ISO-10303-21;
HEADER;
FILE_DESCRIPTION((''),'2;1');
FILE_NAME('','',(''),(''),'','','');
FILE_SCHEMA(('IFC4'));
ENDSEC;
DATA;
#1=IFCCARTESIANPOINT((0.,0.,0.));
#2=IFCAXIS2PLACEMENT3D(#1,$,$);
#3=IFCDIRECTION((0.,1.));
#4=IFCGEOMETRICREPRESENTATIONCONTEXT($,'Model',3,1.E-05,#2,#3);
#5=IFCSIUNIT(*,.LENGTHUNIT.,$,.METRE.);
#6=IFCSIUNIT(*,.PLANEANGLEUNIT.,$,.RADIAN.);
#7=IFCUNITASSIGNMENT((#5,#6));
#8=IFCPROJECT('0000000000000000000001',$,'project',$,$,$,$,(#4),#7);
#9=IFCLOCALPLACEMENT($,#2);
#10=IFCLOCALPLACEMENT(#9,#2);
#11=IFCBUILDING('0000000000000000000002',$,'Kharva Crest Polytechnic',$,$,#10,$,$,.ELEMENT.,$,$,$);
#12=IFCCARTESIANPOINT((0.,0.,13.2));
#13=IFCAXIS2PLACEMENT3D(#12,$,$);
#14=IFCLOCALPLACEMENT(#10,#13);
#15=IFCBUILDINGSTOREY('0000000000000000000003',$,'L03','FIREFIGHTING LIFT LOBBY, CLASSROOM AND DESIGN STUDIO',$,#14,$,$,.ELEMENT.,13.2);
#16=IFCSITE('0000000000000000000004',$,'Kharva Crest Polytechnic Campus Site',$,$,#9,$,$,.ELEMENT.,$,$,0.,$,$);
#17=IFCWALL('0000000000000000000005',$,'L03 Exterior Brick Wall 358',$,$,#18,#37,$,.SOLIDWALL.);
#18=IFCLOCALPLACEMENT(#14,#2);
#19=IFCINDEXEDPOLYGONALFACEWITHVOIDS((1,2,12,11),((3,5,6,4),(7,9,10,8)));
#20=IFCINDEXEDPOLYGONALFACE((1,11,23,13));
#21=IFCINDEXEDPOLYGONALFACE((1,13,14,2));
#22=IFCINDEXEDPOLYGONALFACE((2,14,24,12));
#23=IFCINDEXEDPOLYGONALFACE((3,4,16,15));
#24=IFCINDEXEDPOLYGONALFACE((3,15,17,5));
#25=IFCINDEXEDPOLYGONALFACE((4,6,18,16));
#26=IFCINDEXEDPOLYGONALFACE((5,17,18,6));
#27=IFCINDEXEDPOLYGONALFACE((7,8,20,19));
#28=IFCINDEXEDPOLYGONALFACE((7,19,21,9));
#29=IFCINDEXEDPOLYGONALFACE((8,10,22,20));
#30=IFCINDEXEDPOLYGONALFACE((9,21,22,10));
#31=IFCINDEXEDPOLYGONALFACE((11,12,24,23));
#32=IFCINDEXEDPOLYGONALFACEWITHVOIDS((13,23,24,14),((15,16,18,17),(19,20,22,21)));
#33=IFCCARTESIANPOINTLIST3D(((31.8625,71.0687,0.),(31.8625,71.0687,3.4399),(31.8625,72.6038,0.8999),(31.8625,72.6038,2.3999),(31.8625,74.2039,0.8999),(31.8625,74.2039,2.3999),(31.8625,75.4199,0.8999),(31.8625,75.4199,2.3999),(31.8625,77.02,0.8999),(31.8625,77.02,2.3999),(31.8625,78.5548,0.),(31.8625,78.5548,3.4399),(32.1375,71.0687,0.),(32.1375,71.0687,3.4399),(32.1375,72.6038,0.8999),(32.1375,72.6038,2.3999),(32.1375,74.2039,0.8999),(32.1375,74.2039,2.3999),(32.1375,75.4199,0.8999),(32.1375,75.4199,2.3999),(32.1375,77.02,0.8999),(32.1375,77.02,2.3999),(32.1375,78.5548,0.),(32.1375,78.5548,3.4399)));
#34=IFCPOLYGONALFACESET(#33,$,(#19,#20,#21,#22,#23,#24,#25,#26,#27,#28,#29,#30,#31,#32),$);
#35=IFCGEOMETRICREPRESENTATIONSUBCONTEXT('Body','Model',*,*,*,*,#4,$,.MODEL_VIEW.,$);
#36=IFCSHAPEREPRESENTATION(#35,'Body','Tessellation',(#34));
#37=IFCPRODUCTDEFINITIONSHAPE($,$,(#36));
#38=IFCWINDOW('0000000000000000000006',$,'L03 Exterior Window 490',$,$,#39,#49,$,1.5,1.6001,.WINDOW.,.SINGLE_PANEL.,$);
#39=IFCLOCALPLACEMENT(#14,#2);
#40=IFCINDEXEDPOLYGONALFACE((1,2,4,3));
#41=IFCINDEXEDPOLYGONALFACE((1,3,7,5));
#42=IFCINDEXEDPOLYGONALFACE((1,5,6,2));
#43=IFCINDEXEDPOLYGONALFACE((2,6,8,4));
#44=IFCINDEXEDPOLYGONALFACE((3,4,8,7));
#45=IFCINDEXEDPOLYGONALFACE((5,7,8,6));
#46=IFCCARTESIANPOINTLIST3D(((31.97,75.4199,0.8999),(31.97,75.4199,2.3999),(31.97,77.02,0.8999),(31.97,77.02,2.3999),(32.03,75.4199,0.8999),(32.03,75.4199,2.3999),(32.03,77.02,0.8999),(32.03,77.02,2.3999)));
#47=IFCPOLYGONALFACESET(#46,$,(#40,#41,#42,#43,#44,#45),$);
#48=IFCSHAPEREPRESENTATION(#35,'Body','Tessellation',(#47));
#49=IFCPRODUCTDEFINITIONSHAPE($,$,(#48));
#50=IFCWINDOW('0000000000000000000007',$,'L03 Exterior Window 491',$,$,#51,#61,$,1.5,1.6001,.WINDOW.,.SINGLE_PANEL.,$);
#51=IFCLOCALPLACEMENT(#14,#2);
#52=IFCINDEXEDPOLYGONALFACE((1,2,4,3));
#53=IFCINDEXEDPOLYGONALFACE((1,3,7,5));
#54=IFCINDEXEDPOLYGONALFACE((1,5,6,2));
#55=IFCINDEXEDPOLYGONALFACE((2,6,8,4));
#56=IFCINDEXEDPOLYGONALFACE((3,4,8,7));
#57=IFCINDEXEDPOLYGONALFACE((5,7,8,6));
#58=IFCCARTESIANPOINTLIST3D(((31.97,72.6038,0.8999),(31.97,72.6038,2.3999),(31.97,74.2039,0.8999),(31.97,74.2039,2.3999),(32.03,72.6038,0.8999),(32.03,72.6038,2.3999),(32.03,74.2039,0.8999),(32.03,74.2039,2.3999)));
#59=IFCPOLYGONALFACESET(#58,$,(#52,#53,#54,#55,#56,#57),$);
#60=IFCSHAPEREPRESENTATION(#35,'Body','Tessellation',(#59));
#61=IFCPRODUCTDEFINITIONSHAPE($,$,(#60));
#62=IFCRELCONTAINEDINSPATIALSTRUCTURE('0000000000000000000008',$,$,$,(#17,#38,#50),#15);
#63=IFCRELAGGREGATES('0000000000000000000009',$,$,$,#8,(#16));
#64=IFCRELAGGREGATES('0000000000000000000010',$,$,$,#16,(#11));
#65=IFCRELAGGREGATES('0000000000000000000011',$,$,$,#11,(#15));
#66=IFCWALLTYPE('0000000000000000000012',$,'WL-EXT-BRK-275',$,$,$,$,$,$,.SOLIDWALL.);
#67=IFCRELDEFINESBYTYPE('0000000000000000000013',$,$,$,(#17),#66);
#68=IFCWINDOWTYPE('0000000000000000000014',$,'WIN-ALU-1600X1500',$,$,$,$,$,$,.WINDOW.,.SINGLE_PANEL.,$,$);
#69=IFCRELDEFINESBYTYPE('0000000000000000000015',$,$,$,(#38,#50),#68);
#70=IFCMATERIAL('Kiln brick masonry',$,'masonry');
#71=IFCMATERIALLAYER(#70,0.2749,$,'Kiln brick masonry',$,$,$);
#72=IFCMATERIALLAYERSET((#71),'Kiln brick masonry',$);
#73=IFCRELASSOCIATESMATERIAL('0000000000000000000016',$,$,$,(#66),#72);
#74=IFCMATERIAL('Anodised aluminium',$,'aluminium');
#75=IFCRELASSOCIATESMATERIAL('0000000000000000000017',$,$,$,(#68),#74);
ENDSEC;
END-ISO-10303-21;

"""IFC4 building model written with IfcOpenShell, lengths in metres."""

from ifc_helpers import new_model, si_unit, direction, frame, frame_2d, origin, place, context, subcontext, project, spatial, rectangle, extrude, material, layer, layer_set, type_object, element, fill, save


model = new_model("IFC4")

# Units and contexts
model_context = context("Model", 3, precision=1e-05, world=origin(), true_north=direction((0.0, 1.0)))
body_context = subcontext(model_context, "Body", "Model", "MODEL_VIEW")
ifc_project = project(units=[si_unit("LENGTHUNIT", "METRE"), si_unit("PLANEANGLEUNIT", "RADIAN")], contexts=[model_context])

# Site, building, storey
site_placement = place(None, origin())
site = spatial("IfcSite", under=ifc_project, at=site_placement, Name="Kharva Crest Polytechnic Campus Site", CompositionType="ELEMENT", RefElevation=0.0)
building_placement = place(site_placement, origin())
building = spatial("IfcBuilding", under=site, at=building_placement, Name="Kharva Crest Polytechnic", CompositionType="ELEMENT")
storey_placement = place(building_placement, frame((0.0, 0.0, 13.2)))
storey = spatial("IfcBuildingStorey", under=building, at=storey_placement, Name="L03", Description="FIREFIGHTING LIFT LOBBY, CLASSROOM AND DESIGN STUDIO", CompositionType="ELEMENT", Elevation=13.2)

# Wall, openings, windows
ifc_material_1 = material(Name="Kiln brick masonry", Category="masonry")
ifc_layer_1 = layer(ifc_material_1, 0.2749, Name="Kiln brick masonry")
ifc_layer_set_1 = layer_set([ifc_layer_1], Name="Kiln brick masonry")
wall_type = type_object("IfcWallType", Name="WL-EXT-BRK-275", PredefinedType="SOLIDWALL", material=ifc_layer_set_1)
wall_placement = place(storey_placement, frame((32.0, 78.5549, 0.0), z_axis=(0.0, 0.0, 1.0), x_axis=(0.0, -1.0, 0.0)))
wall = element("IfcWall", 1, at=wall_placement, inside=storey, type_object=wall_type, Name="L03 Exterior Brick Wall 358", PredefinedType="SOLIDWALL", context=body_context, shape_type="SweptSolid", body=[
    extrude(rectangle(XDim=7.4861, YDim=0.2749, at=frame_2d((3.7432, 0.0))), origin(), (0.0, 0.0, 1.0), 3.4399),
])
opening_1_placement = place(wall_placement, frame((1.5349, 0.0, 0.8999)))
opening_1 = element("IfcOpeningElement", 2, at=opening_1_placement, cuts=wall, PredefinedType="OPENING", context=body_context, shape_type="SweptSolid", body=[
    extrude(rectangle(XDim=1.6001, YDim=1.5, at=frame_2d((0.8, 0.75))), frame((0.0, 0.1475, 0.0), z_axis=(0.0, -1.0, 0.0), x_axis=(1.0, 0.0, 0.0)), (0.0, 0.0, 1.0), 0.2949),
])
opening_2_placement = place(wall_placement, frame((4.3511, 0.0, 0.8999)))
opening_2 = element("IfcOpeningElement", 3, at=opening_2_placement, cuts=wall, PredefinedType="OPENING", context=body_context, shape_type="SweptSolid", body=[
    extrude(rectangle(XDim=1.6001, YDim=1.5, at=frame_2d((0.8, 0.75))), frame((0.0, 0.1475, 0.0), z_axis=(0.0, -1.0, 0.0), x_axis=(1.0, 0.0, 0.0)), (0.0, 0.0, 1.0), 0.2949),
])
ifc_material_2 = material(Name="Anodised aluminium", Category="aluminium")
window_type = type_object("IfcWindowType", Name="WIN-ALU-1600X1500", PartitioningType="SINGLE_PANEL", PredefinedType="WINDOW", material=ifc_material_2)
window_1_placement = place(opening_1_placement, origin())
window_1 = element("IfcWindow", 4, at=window_1_placement, inside=storey, type_object=window_type, Name="L03 Exterior Window 490", OverallHeight=1.5, OverallWidth=1.6001, PartitioningType="SINGLE_PANEL", PredefinedType="WINDOW", context=body_context, shape_type="SweptSolid", body=[
    extrude(rectangle(XDim=1.6001, YDim=1.5, at=frame_2d((0.8, 0.75))), frame((0.0, 0.03, 0.0), z_axis=(0.0, -1.0, 0.0), x_axis=(1.0, 0.0, 0.0)), (0.0, 0.0, 1.0), 0.0601),
])
fill(opening_1, window_1)
window_2_placement = place(opening_2_placement, origin())
window_2 = element("IfcWindow", 5, at=window_2_placement, inside=storey, type_object=window_type, Name="L03 Exterior Window 491", OverallHeight=1.5, OverallWidth=1.6001, PartitioningType="SINGLE_PANEL", PredefinedType="WINDOW", context=body_context, shape_type="SweptSolid", body=[
    extrude(rectangle(XDim=1.6001, YDim=1.5, at=frame_2d((0.8, 0.75))), frame((0.0, 0.03, 0.0), z_axis=(0.0, -1.0, 0.0), x_axis=(1.0, 0.0, 0.0)), (0.0, 0.0, 1.0), 0.0601),
])
fill(opening_2, window_2)

save(model, "model.ifc")
